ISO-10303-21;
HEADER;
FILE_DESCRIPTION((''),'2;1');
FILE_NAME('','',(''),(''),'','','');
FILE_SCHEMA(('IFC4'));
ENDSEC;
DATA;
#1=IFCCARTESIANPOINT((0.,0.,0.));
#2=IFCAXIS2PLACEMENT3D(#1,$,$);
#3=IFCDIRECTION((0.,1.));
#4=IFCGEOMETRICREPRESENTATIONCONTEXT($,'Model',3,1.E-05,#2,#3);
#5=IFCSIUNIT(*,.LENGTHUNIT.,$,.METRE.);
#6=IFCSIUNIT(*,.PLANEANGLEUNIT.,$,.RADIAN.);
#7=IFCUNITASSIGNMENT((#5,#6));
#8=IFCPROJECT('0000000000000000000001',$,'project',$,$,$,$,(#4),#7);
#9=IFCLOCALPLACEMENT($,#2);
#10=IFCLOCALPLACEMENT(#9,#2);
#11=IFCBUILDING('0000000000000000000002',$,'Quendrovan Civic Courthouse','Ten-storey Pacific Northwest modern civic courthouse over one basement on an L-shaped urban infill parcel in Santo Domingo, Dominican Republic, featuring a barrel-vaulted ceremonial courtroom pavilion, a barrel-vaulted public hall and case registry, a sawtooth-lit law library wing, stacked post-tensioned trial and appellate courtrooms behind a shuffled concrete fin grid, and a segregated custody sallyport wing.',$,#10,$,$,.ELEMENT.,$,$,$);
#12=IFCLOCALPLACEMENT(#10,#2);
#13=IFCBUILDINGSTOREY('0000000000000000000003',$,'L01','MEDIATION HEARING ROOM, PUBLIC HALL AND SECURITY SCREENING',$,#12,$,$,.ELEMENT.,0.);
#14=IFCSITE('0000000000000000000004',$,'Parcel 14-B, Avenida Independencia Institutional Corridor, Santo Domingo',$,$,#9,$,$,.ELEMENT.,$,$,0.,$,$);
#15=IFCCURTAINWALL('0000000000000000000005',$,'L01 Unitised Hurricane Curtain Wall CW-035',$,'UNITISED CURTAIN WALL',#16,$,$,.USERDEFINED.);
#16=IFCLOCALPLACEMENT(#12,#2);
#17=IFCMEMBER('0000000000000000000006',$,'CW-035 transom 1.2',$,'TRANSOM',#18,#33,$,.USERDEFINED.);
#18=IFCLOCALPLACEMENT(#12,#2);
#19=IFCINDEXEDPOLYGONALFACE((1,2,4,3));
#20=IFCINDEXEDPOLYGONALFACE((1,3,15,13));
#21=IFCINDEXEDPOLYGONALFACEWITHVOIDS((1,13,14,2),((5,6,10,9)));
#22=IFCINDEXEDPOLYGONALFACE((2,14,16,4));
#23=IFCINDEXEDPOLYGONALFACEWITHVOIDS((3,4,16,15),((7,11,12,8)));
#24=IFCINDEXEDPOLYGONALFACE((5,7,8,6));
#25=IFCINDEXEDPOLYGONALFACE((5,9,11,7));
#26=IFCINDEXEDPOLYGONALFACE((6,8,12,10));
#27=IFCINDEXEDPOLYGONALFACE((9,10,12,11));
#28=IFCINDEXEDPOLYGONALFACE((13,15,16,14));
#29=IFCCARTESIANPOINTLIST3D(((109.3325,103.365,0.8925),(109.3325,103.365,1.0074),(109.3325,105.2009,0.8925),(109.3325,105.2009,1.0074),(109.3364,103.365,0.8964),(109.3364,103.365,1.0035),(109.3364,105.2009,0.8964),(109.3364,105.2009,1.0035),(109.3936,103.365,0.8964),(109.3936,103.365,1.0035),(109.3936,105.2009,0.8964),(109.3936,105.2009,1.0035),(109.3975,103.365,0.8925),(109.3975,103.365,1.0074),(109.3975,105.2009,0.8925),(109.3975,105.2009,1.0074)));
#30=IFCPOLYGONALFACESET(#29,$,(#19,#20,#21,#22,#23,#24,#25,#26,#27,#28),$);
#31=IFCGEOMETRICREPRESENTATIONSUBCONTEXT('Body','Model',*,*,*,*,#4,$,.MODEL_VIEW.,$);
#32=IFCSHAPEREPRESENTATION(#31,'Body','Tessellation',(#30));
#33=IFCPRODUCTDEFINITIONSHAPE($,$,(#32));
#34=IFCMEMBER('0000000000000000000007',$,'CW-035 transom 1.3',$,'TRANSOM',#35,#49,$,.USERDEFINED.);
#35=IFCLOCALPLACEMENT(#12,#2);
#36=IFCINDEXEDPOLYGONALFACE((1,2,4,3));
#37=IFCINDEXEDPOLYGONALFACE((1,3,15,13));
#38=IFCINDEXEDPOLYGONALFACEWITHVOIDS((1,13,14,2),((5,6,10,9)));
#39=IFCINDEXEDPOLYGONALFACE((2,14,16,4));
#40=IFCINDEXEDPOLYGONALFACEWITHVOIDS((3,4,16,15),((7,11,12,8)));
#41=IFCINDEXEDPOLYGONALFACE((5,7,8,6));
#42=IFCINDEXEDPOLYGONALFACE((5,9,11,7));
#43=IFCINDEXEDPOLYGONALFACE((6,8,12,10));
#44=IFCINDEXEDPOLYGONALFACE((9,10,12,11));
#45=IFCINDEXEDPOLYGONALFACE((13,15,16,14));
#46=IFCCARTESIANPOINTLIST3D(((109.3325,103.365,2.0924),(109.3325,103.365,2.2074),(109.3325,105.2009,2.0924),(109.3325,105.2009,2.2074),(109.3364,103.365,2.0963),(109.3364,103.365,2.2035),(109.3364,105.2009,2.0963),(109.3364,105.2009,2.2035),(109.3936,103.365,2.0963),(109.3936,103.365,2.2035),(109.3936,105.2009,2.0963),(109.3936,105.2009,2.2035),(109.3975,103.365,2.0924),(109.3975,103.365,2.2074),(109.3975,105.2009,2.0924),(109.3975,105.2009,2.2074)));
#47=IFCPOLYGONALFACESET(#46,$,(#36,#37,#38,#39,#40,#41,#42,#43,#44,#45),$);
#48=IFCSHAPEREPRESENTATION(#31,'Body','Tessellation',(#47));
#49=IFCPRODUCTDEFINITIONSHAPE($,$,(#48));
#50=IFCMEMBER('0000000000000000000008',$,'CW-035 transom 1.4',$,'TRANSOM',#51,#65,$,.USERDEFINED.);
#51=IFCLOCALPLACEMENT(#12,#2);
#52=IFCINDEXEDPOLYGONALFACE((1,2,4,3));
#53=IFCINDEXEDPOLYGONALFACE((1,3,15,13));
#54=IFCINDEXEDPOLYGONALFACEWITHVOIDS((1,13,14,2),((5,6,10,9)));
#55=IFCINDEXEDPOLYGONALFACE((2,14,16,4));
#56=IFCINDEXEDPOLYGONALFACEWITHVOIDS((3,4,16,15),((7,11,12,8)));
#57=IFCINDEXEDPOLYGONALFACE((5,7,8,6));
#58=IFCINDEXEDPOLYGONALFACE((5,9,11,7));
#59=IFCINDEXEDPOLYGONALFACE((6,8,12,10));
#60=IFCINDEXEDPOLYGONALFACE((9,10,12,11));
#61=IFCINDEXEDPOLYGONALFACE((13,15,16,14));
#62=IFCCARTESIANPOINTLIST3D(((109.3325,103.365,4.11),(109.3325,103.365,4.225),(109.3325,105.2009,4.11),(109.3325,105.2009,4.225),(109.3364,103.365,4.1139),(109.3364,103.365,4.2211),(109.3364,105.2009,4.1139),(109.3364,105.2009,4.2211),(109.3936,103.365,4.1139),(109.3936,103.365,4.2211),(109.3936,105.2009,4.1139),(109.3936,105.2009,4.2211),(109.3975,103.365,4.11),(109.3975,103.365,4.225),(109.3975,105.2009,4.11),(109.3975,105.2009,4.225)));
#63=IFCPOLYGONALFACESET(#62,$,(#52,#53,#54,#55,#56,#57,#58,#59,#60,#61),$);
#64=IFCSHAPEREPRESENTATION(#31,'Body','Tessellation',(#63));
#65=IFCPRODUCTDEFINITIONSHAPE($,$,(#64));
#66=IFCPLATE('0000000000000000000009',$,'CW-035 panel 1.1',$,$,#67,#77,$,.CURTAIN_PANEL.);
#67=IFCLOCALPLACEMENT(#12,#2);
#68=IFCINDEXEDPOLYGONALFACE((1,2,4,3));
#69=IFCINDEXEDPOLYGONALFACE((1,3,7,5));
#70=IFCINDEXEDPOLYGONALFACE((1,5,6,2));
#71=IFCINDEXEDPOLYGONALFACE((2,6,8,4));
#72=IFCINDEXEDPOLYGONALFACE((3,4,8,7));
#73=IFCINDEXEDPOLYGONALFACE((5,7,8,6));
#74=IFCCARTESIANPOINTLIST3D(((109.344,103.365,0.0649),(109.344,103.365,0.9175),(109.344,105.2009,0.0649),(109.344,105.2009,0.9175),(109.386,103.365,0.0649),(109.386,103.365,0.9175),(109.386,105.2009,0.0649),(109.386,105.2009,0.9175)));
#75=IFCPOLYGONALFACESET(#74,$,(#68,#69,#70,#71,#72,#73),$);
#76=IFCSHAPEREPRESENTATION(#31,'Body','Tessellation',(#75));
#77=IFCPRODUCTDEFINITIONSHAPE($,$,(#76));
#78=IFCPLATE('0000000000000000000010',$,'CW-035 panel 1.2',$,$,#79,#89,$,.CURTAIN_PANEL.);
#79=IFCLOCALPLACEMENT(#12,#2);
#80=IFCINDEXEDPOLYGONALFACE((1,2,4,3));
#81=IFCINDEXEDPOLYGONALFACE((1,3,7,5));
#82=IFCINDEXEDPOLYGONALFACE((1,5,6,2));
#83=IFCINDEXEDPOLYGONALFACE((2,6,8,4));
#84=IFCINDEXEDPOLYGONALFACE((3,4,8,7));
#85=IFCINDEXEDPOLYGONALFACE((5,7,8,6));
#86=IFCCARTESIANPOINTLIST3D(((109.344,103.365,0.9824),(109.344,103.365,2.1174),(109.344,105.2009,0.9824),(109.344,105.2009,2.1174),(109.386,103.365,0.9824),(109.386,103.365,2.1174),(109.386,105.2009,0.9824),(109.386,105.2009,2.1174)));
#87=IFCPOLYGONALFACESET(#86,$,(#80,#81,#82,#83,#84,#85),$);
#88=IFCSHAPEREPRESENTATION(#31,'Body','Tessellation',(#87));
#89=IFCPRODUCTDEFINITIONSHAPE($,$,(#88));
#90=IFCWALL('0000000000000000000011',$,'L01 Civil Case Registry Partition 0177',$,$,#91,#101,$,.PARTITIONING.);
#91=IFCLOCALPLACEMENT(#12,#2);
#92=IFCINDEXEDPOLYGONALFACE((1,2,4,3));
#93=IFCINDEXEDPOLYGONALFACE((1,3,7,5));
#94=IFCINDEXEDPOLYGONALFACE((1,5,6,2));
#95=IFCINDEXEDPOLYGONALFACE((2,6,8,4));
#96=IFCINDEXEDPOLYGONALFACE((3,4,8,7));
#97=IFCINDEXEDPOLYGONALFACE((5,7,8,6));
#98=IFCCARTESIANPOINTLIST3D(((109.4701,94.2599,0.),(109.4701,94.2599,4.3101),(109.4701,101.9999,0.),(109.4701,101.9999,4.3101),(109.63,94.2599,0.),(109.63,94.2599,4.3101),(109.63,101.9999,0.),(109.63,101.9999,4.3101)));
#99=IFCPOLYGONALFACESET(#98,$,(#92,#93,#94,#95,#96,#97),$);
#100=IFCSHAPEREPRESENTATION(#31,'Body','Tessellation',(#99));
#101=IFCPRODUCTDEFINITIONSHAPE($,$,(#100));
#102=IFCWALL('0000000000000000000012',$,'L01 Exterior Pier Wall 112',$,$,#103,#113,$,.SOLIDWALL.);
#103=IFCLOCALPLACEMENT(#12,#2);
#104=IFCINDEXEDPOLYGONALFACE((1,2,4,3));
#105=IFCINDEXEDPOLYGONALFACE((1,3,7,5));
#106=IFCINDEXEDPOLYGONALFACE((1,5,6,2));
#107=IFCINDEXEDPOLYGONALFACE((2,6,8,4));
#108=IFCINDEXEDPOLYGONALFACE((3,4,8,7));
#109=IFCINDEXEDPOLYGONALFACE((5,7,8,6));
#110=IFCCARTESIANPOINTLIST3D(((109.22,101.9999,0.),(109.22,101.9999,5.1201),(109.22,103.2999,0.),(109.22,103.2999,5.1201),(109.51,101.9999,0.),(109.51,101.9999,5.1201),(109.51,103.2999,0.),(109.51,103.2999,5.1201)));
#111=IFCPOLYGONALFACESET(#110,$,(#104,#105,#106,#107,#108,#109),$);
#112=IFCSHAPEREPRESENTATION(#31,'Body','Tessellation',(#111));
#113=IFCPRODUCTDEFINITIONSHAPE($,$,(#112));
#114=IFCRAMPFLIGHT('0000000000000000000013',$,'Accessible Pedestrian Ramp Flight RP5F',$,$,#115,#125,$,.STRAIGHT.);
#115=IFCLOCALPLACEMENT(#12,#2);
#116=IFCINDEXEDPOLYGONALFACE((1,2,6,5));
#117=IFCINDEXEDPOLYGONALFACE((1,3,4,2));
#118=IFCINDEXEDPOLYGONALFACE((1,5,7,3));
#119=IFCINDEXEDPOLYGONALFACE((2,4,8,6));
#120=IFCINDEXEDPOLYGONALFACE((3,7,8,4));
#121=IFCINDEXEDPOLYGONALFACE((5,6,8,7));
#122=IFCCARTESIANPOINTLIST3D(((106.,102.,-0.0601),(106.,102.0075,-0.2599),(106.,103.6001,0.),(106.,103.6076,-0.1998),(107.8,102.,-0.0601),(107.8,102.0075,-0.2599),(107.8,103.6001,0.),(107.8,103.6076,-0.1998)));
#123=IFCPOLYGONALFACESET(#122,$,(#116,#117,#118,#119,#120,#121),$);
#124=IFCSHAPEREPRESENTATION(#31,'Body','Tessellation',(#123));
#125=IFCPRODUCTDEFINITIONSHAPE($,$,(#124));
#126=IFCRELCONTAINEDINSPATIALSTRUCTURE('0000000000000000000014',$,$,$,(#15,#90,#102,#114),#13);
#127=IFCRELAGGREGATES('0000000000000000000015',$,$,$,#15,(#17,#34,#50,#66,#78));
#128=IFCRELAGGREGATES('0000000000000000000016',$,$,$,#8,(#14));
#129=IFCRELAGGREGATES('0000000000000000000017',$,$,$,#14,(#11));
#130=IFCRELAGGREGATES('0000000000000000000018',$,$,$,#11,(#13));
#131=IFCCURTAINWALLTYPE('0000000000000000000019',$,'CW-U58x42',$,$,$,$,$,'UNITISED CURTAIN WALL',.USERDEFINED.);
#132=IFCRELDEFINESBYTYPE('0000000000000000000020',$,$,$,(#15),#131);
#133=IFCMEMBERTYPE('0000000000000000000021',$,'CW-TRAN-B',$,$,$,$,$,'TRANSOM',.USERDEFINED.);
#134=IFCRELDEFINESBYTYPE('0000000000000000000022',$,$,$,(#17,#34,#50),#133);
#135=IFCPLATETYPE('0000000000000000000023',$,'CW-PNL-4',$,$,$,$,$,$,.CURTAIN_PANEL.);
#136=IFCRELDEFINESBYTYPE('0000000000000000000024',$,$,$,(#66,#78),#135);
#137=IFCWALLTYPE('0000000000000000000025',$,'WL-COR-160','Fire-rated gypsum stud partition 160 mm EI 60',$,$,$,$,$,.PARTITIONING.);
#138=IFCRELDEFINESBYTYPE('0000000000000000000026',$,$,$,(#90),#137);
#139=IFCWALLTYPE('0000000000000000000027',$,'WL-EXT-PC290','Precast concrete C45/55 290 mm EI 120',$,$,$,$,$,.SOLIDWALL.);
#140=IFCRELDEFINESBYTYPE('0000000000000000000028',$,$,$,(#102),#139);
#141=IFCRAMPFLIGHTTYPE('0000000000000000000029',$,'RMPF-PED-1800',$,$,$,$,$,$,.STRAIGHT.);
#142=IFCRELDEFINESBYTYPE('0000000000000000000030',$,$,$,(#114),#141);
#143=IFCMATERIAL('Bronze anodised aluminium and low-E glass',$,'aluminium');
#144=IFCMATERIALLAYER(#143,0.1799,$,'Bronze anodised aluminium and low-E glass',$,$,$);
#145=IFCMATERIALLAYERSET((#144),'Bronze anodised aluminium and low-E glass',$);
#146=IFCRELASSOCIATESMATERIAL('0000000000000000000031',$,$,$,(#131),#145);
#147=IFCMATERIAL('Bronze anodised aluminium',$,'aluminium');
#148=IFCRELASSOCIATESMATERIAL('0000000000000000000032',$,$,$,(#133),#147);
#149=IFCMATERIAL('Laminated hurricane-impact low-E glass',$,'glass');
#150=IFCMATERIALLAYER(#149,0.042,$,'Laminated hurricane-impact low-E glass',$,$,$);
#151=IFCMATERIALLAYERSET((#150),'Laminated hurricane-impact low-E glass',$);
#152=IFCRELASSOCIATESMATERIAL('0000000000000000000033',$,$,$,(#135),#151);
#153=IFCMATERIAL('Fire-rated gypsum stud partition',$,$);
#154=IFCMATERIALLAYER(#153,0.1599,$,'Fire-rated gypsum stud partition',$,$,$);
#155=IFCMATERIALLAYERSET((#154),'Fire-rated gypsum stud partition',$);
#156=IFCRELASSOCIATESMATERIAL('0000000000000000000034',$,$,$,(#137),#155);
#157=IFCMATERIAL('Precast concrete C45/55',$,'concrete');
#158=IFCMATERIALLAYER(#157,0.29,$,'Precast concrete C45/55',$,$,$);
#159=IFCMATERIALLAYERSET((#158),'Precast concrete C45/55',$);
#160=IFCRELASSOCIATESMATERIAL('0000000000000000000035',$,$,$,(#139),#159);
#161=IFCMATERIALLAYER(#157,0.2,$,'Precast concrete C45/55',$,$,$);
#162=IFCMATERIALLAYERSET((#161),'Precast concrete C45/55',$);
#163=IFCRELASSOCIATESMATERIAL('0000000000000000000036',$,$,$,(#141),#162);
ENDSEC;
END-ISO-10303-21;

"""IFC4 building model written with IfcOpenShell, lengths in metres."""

from ifc_helpers import new_model, si_unit, direction, frame, frame_2d, origin, origin_2d, place, context, subcontext, project, spatial, polyline, rectangle, hollow_rectangle, outline, extrude, material, layer, layer_set, material_profile, profile_set, type_object, element, aggregate, save


model = new_model("IFC4")

# Units and contexts
model_context = context("Model", 3, precision=1e-05, world=origin(), true_north=direction((0.0, 1.0)))
body_context = subcontext(model_context, "Body", "Model", "MODEL_VIEW")
ifc_project = project(units=[si_unit("LENGTHUNIT", "METRE"), si_unit("PLANEANGLEUNIT", "RADIAN")], contexts=[model_context])

# Site, building, storey
site_placement = place(None, origin())
site = spatial("IfcSite", under=ifc_project, at=site_placement, Name="Parcel 14-B, Avenida Independencia Institutional Corridor, Santo Domingo", CompositionType="ELEMENT", RefElevation=0.0)
building_placement = place(site_placement, origin())
building = spatial("IfcBuilding", under=site, at=building_placement, Name="Quendrovan Civic Courthouse", Description="Ten-storey Pacific Northwest modern civic courthouse over one basement on an L-shaped urban infill parcel in Santo Domingo, Dominican Republic, featuring a barrel-vaulted ceremonial courtroom pavilion, a barrel-vaulted public hall and case registry, a sawtooth-lit law library wing, stacked post-tensioned trial and appellate courtrooms behind a shuffled concrete fin grid, and a segregated custody sallyport wing.", CompositionType="ELEMENT")
storey_placement = place(building_placement, origin())
storey = spatial("IfcBuildingStorey", under=building, at=storey_placement, Name="L01", Description="MEDIATION HEARING ROOM, PUBLIC HALL AND SECURITY SCREENING", CompositionType="ELEMENT", Elevation=0.0)

# Curtain wall, members, plates
ifc_material_1 = material(Name="Bronze anodised aluminium and low-E glass", Category="aluminium")
ifc_layer_1 = layer(ifc_material_1, 0.1799, Name="Bronze anodised aluminium and low-E glass")
ifc_layer_set_1 = layer_set([ifc_layer_1], Name="Bronze anodised aluminium and low-E glass")
curtain_wall_type = type_object("IfcCurtainWallType", Name="CW-U58x42", ElementType="UNITISED CURTAIN WALL", PredefinedType="USERDEFINED", material=ifc_layer_set_1)
curtain_wall_placement = place(storey_placement, origin())
curtain_wall = element("IfcCurtainWall", 1, at=curtain_wall_placement, inside=storey, type_object=curtain_wall_type, Name="L01 Unitised Hurricane Curtain Wall CW-035", ObjectType="UNITISED CURTAIN WALL", PredefinedType="USERDEFINED")
ifc_material_2 = material(Name="Bronze anodised aluminium", Category="aluminium")
ifc_material_profile_1 = material_profile(ifc_material_2, hollow_rectangle(XDim=0.0649, YDim=0.115, WallThickness=0.0039, at=origin_2d()), Name="CW-TRAN-65x115")
ifc_profile_set_1 = profile_set([ifc_material_profile_1], Name="Bronze anodised aluminium")
member_type_1 = type_object("IfcMemberType", Name="CW-TRAN-B", ElementType="TRANSOM", PredefinedType="USERDEFINED", material=ifc_profile_set_1)
member_1_placement = place(storey_placement, frame((109.365, 103.365, 0.95), z_axis=(0.0, 1.0, 0.0), x_axis=(-1.0, 0.0, 0.0)))
member_1 = element("IfcMember", 2, at=member_1_placement, type_object=member_type_1, Name="CW-035 transom 1.2", ObjectType="TRANSOM", PredefinedType="USERDEFINED", context=body_context, shape_type="SweptSolid", body=[
    extrude(hollow_rectangle(XDim=0.0649, YDim=0.115, WallThickness=0.0039, at=origin_2d()), origin(), (0.0, 0.0, 1.0), 1.8359),
])
member_2_placement = place(storey_placement, frame((109.365, 103.365, 2.1499), z_axis=(0.0, 1.0, 0.0), x_axis=(-1.0, 0.0, 0.0)))
member_2 = element("IfcMember", 3, at=member_2_placement, type_object=member_type_1, Name="CW-035 transom 1.3", ObjectType="TRANSOM", PredefinedType="USERDEFINED", context=body_context, shape_type="SweptSolid", body=[
    extrude(hollow_rectangle(XDim=0.0649, YDim=0.115, WallThickness=0.0039, at=origin_2d()), origin(), (0.0, 0.0, 1.0), 1.8359),
])
member_3_placement = place(storey_placement, frame((109.365, 103.365, 4.1675), z_axis=(0.0, 1.0, 0.0), x_axis=(-1.0, 0.0, 0.0)))
member_3 = element("IfcMember", 4, at=member_3_placement, type_object=member_type_1, Name="CW-035 transom 1.4", ObjectType="TRANSOM", PredefinedType="USERDEFINED", context=body_context, shape_type="SweptSolid", body=[
    extrude(hollow_rectangle(XDim=0.0649, YDim=0.115, WallThickness=0.0039, at=origin_2d()), origin(), (0.0, 0.0, 1.0), 1.8359),
])
ifc_material_3 = material(Name="Laminated hurricane-impact low-E glass", Category="glass")
ifc_layer_2 = layer(ifc_material_3, 0.042, Name="Laminated hurricane-impact low-E glass")
ifc_layer_set_2 = layer_set([ifc_layer_2], Name="Laminated hurricane-impact low-E glass")
plate_type = type_object("IfcPlateType", Name="CW-PNL-4", PredefinedType="CURTAIN_PANEL", material=ifc_layer_set_2)
plate_1_placement = place(storey_placement, frame((109.365, 104.283, 0.0649), z_axis=(0.0, 0.0, 1.0), x_axis=(0.0, 1.0, 0.0)))
plate_1 = element("IfcPlate", 5, at=plate_1_placement, type_object=plate_type, Name="CW-035 panel 1.1", PredefinedType="CURTAIN_PANEL", context=body_context, shape_type="SweptSolid", body=[
    extrude(rectangle(XDim=1.8359, YDim=0.042, at=origin_2d()), origin(), (0.0, 0.0, 1.0), 0.8525),
])
plate_2_placement = place(storey_placement, frame((109.365, 104.283, 0.9824), z_axis=(0.0, 0.0, 1.0), x_axis=(0.0, 1.0, 0.0)))
plate_2 = element("IfcPlate", 6, at=plate_2_placement, type_object=plate_type, Name="CW-035 panel 1.2", PredefinedType="CURTAIN_PANEL", context=body_context, shape_type="SweptSolid", body=[
    extrude(rectangle(XDim=1.8359, YDim=0.042, at=origin_2d()), origin(), (0.0, 0.0, 1.0), 1.135),
])
aggregate(curtain_wall, [member_1, member_2, member_3, plate_1, plate_2])

# Walls
ifc_material_4 = material(Name="Fire-rated gypsum stud partition")
ifc_layer_3 = layer(ifc_material_4, 0.1599, Name="Fire-rated gypsum stud partition")
ifc_layer_set_3 = layer_set([ifc_layer_3], Name="Fire-rated gypsum stud partition")
wall_type_1 = type_object("IfcWallType", Name="WL-COR-160", Description="Fire-rated gypsum stud partition 160 mm EI 60", PredefinedType="PARTITIONING", material=ifc_layer_set_3)
wall_1_placement = place(storey_placement, frame((109.55, 102.0, 0.0), z_axis=(0.0, 0.0, 1.0), x_axis=(0.0, -1.0, 0.0)))
element("IfcWall", 7, at=wall_1_placement, inside=storey, type_object=wall_type_1, Name="L01 Civil Case Registry Partition 0177", PredefinedType="PARTITIONING", context=body_context, shape_type="SweptSolid", body=[
    extrude(rectangle(XDim=7.74, YDim=0.1599, at=frame_2d((3.8701, 0.0))), origin(), (0.0, 0.0, 1.0), 4.3101),
])
ifc_material_5 = material(Name="Precast concrete C45/55", Category="concrete")
ifc_layer_4 = layer(ifc_material_5, 0.29, Name="Precast concrete C45/55")
ifc_layer_set_4 = layer_set([ifc_layer_4], Name="Precast concrete C45/55")
wall_type_2 = type_object("IfcWallType", Name="WL-EXT-PC290", Description="Precast concrete C45/55 290 mm EI 120", PredefinedType="SOLIDWALL", material=ifc_layer_set_4)
wall_2_placement = place(storey_placement, frame((109.365, 102.0, 0.0), z_axis=(0.0, 0.0, 1.0), x_axis=(0.0, 1.0, 0.0)))
element("IfcWall", 8, at=wall_2_placement, inside=storey, type_object=wall_type_2, Name="L01 Exterior Pier Wall 112", PredefinedType="SOLIDWALL", context=body_context, shape_type="SweptSolid", body=[
    extrude(rectangle(XDim=1.3, YDim=0.29, at=frame_2d((0.6499, 0.0))), origin(), (0.0, 0.0, 1.0), 5.1201),
])

# Ramp flight
ifc_layer_5 = layer(ifc_material_5, 0.2, Name="Precast concrete C45/55")
ifc_layer_set_5 = layer_set([ifc_layer_5], Name="Precast concrete C45/55")
ramp_flight_type = type_object("IfcRampFlightType", Name="RMPF-PED-1800", PredefinedType="STRAIGHT", material=ifc_layer_set_5)
ramp_flight_placement = place(storey_placement, frame((106.0, 102.0, -0.0601), z_axis=(0.0, -0.037508, 0.999296), x_axis=(1.0, 0.0, 0.0)))
element("IfcRampFlight", 9, at=ramp_flight_placement, inside=storey, type_object=ramp_flight_type, Name="Accessible Pedestrian Ramp Flight RP5F", PredefinedType="STRAIGHT", context=body_context, shape_type="SweptSolid", body=[
    extrude(outline(polyline([(0.0, 0.0), (1.8, 0.0), (1.8, 1.6012), (0.0, 1.6012), (0.0, 0.0)])), origin(), (0.0, 0.0, -1.0), 0.2),
])

save(model, "model.ifc")
